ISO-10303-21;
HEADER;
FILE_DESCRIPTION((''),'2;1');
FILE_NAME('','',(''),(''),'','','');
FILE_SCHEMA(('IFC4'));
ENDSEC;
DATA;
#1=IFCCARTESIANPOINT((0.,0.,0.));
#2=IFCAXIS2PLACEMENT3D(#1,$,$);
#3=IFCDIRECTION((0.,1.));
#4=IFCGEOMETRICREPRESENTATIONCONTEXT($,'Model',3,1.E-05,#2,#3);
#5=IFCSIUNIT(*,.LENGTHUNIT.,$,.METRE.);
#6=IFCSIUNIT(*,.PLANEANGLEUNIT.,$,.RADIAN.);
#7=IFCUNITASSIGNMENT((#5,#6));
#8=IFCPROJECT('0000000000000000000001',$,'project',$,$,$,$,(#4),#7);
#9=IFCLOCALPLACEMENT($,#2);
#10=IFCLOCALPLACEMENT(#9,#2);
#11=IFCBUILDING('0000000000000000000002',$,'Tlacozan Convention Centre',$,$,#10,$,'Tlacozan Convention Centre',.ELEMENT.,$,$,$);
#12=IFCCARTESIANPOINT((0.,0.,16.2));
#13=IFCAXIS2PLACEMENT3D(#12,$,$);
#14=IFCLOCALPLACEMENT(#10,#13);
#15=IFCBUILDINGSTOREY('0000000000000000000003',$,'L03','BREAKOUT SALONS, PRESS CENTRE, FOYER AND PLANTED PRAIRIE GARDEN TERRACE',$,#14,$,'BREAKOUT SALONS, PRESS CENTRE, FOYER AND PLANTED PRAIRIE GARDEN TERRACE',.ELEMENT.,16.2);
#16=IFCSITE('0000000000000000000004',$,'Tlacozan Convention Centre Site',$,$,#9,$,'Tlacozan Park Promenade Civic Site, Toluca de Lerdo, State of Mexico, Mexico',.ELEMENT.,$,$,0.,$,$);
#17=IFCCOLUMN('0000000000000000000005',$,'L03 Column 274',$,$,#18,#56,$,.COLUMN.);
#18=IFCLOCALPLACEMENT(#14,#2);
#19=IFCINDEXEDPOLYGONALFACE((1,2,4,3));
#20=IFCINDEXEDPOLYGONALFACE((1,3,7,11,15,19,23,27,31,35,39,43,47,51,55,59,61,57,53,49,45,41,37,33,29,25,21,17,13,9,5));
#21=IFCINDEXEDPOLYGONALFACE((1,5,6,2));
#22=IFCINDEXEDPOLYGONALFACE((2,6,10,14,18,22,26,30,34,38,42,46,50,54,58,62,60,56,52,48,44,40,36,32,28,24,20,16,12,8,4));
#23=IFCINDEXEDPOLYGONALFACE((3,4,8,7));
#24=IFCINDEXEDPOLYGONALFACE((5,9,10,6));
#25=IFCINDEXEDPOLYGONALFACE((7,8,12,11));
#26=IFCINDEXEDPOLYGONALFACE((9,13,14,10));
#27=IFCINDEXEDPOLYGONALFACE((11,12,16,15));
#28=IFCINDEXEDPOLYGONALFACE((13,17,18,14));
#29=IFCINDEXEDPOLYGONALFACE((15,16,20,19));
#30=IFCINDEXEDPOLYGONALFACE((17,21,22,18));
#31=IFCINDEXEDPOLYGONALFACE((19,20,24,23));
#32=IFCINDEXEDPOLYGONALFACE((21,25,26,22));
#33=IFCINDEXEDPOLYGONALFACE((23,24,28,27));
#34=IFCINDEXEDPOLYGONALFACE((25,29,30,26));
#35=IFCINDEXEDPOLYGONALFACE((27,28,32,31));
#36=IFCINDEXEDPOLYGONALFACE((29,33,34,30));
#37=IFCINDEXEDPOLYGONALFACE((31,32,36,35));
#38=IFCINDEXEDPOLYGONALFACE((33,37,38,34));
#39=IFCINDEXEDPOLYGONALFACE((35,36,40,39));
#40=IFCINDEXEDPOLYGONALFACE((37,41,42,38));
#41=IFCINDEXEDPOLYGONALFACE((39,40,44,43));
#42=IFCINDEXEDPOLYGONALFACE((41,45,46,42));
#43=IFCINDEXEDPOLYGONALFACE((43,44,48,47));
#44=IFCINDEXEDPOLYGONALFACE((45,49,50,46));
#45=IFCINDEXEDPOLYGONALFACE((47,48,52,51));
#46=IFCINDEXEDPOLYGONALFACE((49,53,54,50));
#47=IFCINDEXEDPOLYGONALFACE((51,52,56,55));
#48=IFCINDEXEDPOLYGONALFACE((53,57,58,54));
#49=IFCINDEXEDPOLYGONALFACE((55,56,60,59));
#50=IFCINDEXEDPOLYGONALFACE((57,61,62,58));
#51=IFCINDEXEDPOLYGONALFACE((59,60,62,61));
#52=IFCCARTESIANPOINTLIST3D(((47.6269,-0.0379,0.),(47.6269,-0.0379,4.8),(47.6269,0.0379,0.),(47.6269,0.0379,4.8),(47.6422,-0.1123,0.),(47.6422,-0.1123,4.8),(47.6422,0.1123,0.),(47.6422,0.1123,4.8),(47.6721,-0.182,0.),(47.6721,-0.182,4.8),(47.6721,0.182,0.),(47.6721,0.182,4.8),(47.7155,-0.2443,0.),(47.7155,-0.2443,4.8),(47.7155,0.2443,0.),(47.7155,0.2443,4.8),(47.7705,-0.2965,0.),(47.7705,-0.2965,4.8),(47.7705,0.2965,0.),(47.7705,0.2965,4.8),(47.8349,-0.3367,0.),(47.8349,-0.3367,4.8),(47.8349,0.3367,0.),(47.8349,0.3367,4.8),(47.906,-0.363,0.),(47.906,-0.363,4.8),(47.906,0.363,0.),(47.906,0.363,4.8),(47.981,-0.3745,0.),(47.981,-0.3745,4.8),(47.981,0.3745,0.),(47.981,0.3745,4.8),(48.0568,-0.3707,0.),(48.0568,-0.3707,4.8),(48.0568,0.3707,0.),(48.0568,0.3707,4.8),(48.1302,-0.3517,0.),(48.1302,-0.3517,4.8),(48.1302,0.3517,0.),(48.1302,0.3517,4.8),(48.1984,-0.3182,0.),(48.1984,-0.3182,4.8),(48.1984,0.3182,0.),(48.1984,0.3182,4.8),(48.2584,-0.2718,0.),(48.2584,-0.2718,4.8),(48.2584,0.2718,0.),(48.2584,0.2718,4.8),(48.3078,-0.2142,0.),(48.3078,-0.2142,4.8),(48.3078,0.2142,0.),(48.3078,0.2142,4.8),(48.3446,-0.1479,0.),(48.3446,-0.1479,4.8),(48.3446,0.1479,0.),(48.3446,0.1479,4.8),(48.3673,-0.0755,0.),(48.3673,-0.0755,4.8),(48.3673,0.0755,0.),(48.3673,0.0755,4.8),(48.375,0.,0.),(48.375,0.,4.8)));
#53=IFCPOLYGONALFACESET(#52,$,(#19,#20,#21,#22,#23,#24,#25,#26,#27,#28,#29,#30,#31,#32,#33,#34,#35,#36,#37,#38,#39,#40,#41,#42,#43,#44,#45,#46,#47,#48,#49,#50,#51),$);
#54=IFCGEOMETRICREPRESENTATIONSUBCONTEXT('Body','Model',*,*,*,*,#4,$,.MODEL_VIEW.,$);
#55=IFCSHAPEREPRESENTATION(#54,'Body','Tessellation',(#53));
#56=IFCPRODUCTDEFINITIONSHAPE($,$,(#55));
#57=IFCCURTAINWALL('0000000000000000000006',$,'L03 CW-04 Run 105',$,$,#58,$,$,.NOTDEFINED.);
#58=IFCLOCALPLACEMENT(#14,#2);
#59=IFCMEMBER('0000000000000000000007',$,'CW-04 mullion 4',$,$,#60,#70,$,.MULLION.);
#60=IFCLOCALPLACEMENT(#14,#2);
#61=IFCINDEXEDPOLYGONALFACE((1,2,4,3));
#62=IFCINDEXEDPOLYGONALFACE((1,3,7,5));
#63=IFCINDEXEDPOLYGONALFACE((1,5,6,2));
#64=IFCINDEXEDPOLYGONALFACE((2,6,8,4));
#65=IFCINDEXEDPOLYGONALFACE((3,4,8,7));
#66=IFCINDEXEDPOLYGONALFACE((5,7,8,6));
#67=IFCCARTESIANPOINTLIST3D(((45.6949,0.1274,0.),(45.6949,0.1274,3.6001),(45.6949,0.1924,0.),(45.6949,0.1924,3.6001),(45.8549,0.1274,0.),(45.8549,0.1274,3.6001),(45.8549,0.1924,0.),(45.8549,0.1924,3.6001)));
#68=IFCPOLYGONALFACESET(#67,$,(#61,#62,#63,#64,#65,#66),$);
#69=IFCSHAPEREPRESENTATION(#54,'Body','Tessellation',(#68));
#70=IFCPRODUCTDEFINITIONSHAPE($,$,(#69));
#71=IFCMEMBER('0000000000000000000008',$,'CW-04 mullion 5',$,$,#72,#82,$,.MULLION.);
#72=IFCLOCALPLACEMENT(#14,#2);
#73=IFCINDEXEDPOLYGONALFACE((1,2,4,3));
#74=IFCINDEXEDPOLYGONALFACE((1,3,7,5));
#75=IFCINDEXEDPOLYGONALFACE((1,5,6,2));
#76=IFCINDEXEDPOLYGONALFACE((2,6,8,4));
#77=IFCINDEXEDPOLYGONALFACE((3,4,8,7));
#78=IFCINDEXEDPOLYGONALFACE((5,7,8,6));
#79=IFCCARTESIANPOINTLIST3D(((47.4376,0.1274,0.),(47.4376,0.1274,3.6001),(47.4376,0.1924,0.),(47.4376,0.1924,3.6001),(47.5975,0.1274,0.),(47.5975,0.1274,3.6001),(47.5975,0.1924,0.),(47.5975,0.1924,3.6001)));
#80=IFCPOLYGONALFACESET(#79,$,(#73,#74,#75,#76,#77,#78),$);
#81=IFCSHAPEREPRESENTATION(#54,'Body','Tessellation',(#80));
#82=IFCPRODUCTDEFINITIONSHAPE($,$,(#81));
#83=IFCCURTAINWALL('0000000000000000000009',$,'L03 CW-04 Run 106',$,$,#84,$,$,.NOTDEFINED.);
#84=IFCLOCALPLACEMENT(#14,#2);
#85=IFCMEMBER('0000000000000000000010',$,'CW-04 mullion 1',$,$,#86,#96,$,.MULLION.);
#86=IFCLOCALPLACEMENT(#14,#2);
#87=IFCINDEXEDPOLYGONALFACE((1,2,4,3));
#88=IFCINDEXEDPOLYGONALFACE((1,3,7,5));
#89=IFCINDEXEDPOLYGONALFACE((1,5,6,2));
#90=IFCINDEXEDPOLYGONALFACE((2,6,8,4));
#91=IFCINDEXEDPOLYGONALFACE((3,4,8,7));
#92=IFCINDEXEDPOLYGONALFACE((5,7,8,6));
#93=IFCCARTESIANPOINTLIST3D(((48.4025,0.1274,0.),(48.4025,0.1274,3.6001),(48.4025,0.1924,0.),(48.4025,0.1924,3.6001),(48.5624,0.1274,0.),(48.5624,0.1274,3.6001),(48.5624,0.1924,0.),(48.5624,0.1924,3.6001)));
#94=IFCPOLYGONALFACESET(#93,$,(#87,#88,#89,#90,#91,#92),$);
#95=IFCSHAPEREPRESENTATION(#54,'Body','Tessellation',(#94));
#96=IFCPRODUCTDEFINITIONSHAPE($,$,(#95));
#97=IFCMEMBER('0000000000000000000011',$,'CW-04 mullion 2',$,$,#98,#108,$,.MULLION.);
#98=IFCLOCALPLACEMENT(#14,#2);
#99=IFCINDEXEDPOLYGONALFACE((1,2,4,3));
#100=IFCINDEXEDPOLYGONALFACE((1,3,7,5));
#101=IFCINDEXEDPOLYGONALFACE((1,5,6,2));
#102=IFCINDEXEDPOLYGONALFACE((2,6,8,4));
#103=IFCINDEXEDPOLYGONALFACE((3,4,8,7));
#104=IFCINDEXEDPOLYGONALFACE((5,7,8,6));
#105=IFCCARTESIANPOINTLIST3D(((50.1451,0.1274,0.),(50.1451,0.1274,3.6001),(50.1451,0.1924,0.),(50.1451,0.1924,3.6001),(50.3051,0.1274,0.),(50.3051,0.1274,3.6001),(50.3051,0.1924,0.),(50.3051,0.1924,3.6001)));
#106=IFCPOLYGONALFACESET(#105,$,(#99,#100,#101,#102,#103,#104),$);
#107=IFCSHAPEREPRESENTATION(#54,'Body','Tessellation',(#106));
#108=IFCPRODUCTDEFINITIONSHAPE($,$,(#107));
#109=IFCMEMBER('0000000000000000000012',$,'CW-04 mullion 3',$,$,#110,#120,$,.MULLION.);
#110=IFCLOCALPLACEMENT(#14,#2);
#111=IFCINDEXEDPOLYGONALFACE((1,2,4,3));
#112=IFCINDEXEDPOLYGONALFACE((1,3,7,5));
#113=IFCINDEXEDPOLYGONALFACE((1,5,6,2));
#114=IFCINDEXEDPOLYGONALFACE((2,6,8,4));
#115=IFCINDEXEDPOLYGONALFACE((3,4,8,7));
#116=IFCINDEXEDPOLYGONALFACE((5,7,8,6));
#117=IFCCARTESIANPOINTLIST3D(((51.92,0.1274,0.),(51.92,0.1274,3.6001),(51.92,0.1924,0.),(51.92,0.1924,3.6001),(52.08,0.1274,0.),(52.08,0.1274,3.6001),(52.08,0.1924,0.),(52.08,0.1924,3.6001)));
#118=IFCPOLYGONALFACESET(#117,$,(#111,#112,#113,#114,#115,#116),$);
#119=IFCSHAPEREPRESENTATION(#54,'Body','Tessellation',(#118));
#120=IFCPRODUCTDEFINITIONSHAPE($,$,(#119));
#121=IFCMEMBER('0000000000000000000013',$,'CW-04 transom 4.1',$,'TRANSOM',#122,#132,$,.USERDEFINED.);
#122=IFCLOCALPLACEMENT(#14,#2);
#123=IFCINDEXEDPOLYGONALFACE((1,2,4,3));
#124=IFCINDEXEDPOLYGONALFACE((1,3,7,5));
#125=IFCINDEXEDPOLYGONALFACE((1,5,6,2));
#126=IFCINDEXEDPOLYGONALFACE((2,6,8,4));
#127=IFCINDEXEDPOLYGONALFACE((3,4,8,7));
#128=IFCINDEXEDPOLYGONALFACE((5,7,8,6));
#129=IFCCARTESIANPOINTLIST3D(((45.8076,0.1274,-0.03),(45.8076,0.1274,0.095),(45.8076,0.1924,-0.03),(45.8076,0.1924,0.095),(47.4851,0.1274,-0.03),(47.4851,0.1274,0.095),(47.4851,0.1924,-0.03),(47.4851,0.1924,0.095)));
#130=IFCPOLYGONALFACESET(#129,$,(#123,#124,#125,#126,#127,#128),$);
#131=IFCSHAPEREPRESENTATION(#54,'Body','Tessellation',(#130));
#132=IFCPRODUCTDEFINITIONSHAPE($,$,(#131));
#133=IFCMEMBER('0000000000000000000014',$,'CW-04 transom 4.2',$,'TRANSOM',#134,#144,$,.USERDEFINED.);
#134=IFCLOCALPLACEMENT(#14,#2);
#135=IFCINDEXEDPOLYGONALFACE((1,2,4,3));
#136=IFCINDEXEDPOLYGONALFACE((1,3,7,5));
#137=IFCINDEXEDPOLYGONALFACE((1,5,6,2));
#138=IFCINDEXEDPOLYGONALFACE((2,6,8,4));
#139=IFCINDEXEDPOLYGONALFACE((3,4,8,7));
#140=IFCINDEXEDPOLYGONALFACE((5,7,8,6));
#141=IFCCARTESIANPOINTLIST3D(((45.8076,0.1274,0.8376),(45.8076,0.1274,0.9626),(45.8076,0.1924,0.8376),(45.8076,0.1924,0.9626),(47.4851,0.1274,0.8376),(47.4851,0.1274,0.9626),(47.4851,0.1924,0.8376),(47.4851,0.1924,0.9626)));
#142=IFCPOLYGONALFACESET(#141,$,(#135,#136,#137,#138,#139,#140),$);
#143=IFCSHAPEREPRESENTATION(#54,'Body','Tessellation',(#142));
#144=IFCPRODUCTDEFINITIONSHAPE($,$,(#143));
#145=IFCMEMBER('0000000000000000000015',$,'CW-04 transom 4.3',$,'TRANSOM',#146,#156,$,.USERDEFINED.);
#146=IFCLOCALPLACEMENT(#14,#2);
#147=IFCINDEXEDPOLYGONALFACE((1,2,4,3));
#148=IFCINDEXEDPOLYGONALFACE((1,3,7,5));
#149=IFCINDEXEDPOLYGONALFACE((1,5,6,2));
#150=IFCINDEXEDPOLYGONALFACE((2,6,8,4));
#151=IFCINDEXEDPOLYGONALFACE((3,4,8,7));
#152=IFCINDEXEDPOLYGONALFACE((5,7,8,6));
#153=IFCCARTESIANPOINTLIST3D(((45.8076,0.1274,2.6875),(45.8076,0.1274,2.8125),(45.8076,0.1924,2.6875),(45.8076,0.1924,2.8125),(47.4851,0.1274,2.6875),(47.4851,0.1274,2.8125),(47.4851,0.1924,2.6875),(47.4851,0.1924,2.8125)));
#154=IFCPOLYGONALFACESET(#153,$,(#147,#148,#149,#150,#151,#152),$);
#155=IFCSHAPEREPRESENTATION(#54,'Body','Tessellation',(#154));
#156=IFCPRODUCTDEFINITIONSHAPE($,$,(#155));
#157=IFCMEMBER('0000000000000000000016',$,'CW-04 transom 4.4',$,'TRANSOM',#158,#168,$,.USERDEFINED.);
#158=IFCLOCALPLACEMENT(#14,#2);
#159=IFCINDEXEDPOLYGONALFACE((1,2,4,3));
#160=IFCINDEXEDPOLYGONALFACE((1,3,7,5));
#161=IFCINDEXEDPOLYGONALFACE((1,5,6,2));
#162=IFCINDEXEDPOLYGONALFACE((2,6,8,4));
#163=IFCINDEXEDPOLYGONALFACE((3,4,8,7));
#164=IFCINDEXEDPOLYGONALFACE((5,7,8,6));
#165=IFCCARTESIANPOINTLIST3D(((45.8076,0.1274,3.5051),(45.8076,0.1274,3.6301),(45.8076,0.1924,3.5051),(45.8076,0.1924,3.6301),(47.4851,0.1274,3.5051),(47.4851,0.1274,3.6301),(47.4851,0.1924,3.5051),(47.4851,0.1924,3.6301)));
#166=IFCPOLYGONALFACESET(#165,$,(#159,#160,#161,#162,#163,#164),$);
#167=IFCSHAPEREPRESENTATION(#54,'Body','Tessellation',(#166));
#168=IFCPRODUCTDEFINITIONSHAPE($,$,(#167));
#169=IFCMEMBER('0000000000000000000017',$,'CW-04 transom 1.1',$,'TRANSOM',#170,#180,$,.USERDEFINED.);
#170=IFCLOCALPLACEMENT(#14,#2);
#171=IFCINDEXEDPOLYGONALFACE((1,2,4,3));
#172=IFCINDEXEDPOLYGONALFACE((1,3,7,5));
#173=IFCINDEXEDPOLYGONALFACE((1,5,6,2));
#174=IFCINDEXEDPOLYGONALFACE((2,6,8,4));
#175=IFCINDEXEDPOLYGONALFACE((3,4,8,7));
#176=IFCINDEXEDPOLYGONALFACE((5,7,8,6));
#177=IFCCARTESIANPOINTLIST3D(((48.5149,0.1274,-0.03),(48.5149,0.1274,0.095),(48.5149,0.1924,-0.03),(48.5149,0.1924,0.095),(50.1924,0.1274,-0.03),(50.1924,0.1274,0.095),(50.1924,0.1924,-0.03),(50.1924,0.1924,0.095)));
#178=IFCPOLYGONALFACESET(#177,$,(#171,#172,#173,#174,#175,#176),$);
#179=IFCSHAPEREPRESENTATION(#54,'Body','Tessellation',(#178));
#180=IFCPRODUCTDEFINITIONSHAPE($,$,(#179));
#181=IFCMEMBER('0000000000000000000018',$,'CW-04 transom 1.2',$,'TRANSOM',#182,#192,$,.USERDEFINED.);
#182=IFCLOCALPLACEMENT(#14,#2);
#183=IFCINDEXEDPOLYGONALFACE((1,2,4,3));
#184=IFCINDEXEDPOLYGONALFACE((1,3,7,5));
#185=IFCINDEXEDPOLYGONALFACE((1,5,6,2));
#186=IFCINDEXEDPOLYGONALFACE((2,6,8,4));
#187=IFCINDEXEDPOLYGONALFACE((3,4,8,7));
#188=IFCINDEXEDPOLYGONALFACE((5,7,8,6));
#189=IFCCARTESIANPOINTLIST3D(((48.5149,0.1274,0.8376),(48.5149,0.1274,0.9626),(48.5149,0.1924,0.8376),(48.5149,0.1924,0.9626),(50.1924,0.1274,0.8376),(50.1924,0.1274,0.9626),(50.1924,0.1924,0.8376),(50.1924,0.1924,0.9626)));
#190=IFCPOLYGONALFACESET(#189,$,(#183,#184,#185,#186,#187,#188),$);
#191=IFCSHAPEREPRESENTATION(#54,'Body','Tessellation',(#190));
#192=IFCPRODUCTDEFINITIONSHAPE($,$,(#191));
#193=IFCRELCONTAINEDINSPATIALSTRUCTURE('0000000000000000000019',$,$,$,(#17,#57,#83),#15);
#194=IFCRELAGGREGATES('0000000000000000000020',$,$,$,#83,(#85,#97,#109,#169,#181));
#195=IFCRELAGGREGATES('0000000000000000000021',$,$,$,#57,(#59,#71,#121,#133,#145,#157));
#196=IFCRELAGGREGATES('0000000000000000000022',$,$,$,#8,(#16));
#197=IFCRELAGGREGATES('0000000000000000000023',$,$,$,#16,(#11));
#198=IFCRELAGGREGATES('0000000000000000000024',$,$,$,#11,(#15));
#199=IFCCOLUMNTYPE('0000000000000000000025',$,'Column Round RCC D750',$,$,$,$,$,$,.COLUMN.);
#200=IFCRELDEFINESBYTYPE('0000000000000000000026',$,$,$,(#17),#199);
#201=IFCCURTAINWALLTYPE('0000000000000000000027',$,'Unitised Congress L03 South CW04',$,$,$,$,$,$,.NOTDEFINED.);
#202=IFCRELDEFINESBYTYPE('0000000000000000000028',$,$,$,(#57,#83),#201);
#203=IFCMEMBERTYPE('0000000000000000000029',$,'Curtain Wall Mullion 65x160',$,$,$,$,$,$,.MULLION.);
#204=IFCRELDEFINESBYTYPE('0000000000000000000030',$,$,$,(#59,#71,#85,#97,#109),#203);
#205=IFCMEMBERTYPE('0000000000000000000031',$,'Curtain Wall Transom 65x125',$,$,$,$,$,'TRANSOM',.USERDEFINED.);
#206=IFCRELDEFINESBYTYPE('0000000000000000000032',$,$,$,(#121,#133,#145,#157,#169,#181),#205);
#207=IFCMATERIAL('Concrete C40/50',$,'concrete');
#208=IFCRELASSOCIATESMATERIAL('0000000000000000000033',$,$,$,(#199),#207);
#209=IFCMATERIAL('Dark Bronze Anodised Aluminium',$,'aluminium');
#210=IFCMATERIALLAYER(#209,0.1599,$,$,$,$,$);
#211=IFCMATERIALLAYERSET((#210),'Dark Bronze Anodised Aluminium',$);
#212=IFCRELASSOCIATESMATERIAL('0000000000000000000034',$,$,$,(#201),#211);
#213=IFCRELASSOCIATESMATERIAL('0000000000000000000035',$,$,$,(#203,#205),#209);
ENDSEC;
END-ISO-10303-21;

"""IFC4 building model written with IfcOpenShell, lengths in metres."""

from ifc_helpers import new_model, si_unit, direction, frame, origin, origin_2d, place, context, subcontext, project, spatial, rectangle, circle, extrude, material, layer, layer_set, material_profile, profile_set, type_object, element, aggregate, save


model = new_model("IFC4")

# Units and contexts
model_context = context("Model", 3, precision=1e-05, world=origin(), true_north=direction((0.0, 1.0)))
body_context = subcontext(model_context, "Body", "Model", "MODEL_VIEW")
ifc_project = project(units=[si_unit("LENGTHUNIT", "METRE"), si_unit("PLANEANGLEUNIT", "RADIAN")], contexts=[model_context])

# Site, building, storey
site_placement = place(None, origin())
site = spatial("IfcSite", under=ifc_project, at=site_placement, Name="Tlacozan Convention Centre Site", LongName="Tlacozan Park Promenade Civic Site, Toluca de Lerdo, State of Mexico, Mexico", CompositionType="ELEMENT", RefElevation=0.0)
building_placement = place(site_placement, origin())
building = spatial("IfcBuilding", under=site, at=building_placement, Name="Tlacozan Convention Centre", LongName="Tlacozan Convention Centre", CompositionType="ELEMENT")
storey_placement = place(building_placement, frame((0.0, 0.0, 16.2)))
storey = spatial("IfcBuildingStorey", under=building, at=storey_placement, Name="L03", Description="BREAKOUT SALONS, PRESS CENTRE, FOYER AND PLANTED PRAIRIE GARDEN TERRACE", LongName="BREAKOUT SALONS, PRESS CENTRE, FOYER AND PLANTED PRAIRIE GARDEN TERRACE", CompositionType="ELEMENT", Elevation=16.2)

# Column
ifc_material_1 = material(Name="Concrete C40/50", Category="concrete")
ifc_material_profile_1 = material_profile(ifc_material_1, circle(Radius=0.375, at=origin_2d()), Name="RCC D750")
ifc_profile_set_1 = profile_set([ifc_material_profile_1], Name="Concrete C40/50")
column_type = type_object("IfcColumnType", Name="Column Round RCC D750", PredefinedType="COLUMN", material=ifc_profile_set_1)
column_placement = place(storey_placement, frame((48.0, 0.0, 0.0), z_axis=(0.0, 0.0, 1.0), x_axis=(1.0, 0.0, 0.0)))
element("IfcColumn", 1, at=column_placement, inside=storey, type_object=column_type, Name="L03 Column 274", PredefinedType="COLUMN", context=body_context, shape_type="SweptSolid", body=[
    extrude(circle(Radius=0.375, at=origin_2d()), origin(), (0.0, 0.0, 1.0), 4.8),
])

# Curtain walls, members
ifc_material_2 = material(Name="Dark Bronze Anodised Aluminium", Category="aluminium")
ifc_layer_1 = layer(ifc_material_2, 0.1599)
ifc_layer_set_1 = layer_set([ifc_layer_1], Name="Dark Bronze Anodised Aluminium")
curtain_wall_type = type_object("IfcCurtainWallType", Name="Unitised Congress L03 South CW04", PredefinedType="NOTDEFINED", material=ifc_layer_set_1)
curtain_wall_1_placement = place(storey_placement, origin())
curtain_wall_1 = element("IfcCurtainWall", 2, at=curtain_wall_1_placement, inside=storey, type_object=curtain_wall_type, Name="L03 CW-04 Run 105", PredefinedType="NOTDEFINED")
ifc_material_profile_2 = material_profile(ifc_material_2, rectangle(XDim=0.0649, YDim=0.1599, at=origin_2d()), Name="ALU 65x160")
ifc_profile_set_2 = profile_set([ifc_material_profile_2], Name="Dark Bronze Anodised Aluminium")
member_type_1 = type_object("IfcMemberType", Name="Curtain Wall Mullion 65x160", PredefinedType="MULLION", material=ifc_profile_set_2)
member_1_placement = place(storey_placement, frame((45.7749, 0.1599, 0.0), z_axis=(0.0, 0.0, 1.0), x_axis=(0.0, 1.0, 0.0)))
member_1 = element("IfcMember", 3, at=member_1_placement, type_object=member_type_1, Name="CW-04 mullion 4", PredefinedType="MULLION", context=body_context, shape_type="SweptSolid", body=[
    extrude(rectangle(XDim=0.0649, YDim=0.1599, at=origin_2d()), origin(), (0.0, 0.0, 1.0), 3.6001),
])
member_2_placement = place(storey_placement, frame((47.5176, 0.1599, 0.0), z_axis=(0.0, 0.0, 1.0), x_axis=(0.0, 1.0, 0.0)))
member_2 = element("IfcMember", 4, at=member_2_placement, type_object=member_type_1, Name="CW-04 mullion 5", PredefinedType="MULLION", context=body_context, shape_type="SweptSolid", body=[
    extrude(rectangle(XDim=0.0649, YDim=0.1599, at=origin_2d()), origin(), (0.0, 0.0, 1.0), 3.6001),
])
curtain_wall_2_placement = place(storey_placement, origin())
curtain_wall_2 = element("IfcCurtainWall", 5, at=curtain_wall_2_placement, inside=storey, type_object=curtain_wall_type, Name="L03 CW-04 Run 106", PredefinedType="NOTDEFINED")
member_3_placement = place(storey_placement, frame((48.4824, 0.1599, 0.0), z_axis=(0.0, 0.0, 1.0), x_axis=(0.0, 1.0, 0.0)))
member_3 = element("IfcMember", 6, at=member_3_placement, type_object=member_type_1, Name="CW-04 mullion 1", PredefinedType="MULLION", context=body_context, shape_type="SweptSolid", body=[
    extrude(rectangle(XDim=0.0649, YDim=0.1599, at=origin_2d()), origin(), (0.0, 0.0, 1.0), 3.6001),
])
member_4_placement = place(storey_placement, frame((50.2251, 0.1599, 0.0), z_axis=(0.0, 0.0, 1.0), x_axis=(0.0, 1.0, 0.0)))
member_4 = element("IfcMember", 7, at=member_4_placement, type_object=member_type_1, Name="CW-04 mullion 2", PredefinedType="MULLION", context=body_context, shape_type="SweptSolid", body=[
    extrude(rectangle(XDim=0.0649, YDim=0.1599, at=origin_2d()), origin(), (0.0, 0.0, 1.0), 3.6001),
])
member_5_placement = place(storey_placement, frame((52.0, 0.1599, 0.0), z_axis=(0.0, 0.0, 1.0), x_axis=(0.0, 1.0, 0.0)))
member_5 = element("IfcMember", 8, at=member_5_placement, type_object=member_type_1, Name="CW-04 mullion 3", PredefinedType="MULLION", context=body_context, shape_type="SweptSolid", body=[
    extrude(rectangle(XDim=0.0649, YDim=0.1599, at=origin_2d()), origin(), (0.0, 0.0, 1.0), 3.6001),
])

# Members
ifc_material_profile_3 = material_profile(ifc_material_2, rectangle(XDim=0.0649, YDim=0.125, at=origin_2d()), Name="ALU 65x125")
ifc_profile_set_3 = profile_set([ifc_material_profile_3], Name="Dark Bronze Anodised Aluminium")
member_type_2 = type_object("IfcMemberType", Name="Curtain Wall Transom 65x125", ElementType="TRANSOM", PredefinedType="USERDEFINED", material=ifc_profile_set_3)
member_6_placement = place(storey_placement, frame((45.8076, 0.1599, 0.0325), z_axis=(1.0, 0.0, 0.0), x_axis=(0.0, 1.0, 0.0)))
member_6 = element("IfcMember", 9, at=member_6_placement, type_object=member_type_2, Name="CW-04 transom 4.1", ObjectType="TRANSOM", PredefinedType="USERDEFINED", context=body_context, shape_type="SweptSolid", body=[
    extrude(rectangle(XDim=0.0649, YDim=0.125, at=origin_2d()), origin(), (0.0, 0.0, 1.0), 1.6775),
])
member_7_placement = place(storey_placement, frame((45.8076, 0.1599, 0.9001), z_axis=(1.0, 0.0, 0.0), x_axis=(0.0, 1.0, 0.0)))
member_7 = element("IfcMember", 10, at=member_7_placement, type_object=member_type_2, Name="CW-04 transom 4.2", ObjectType="TRANSOM", PredefinedType="USERDEFINED", context=body_context, shape_type="SweptSolid", body=[
    extrude(rectangle(XDim=0.0649, YDim=0.125, at=origin_2d()), origin(), (0.0, 0.0, 1.0), 1.6775),
])
member_8_placement = place(storey_placement, frame((45.8076, 0.1599, 2.75), z_axis=(1.0, 0.0, 0.0), x_axis=(0.0, 1.0, 0.0)))
member_8 = element("IfcMember", 11, at=member_8_placement, type_object=member_type_2, Name="CW-04 transom 4.3", ObjectType="TRANSOM", PredefinedType="USERDEFINED", context=body_context, shape_type="SweptSolid", body=[
    extrude(rectangle(XDim=0.0649, YDim=0.125, at=origin_2d()), origin(), (0.0, 0.0, 1.0), 1.6775),
])
member_9_placement = place(storey_placement, frame((45.8076, 0.1599, 3.5676), z_axis=(1.0, 0.0, 0.0), x_axis=(0.0, 1.0, 0.0)))
member_9 = element("IfcMember", 12, at=member_9_placement, type_object=member_type_2, Name="CW-04 transom 4.4", ObjectType="TRANSOM", PredefinedType="USERDEFINED", context=body_context, shape_type="SweptSolid", body=[
    extrude(rectangle(XDim=0.0649, YDim=0.125, at=origin_2d()), origin(), (0.0, 0.0, 1.0), 1.6775),
])
member_10_placement = place(storey_placement, frame((48.5149, 0.1599, 0.0325), z_axis=(1.0, 0.0, 0.0), x_axis=(0.0, 1.0, 0.0)))
member_10 = element("IfcMember", 13, at=member_10_placement, type_object=member_type_2, Name="CW-04 transom 1.1", ObjectType="TRANSOM", PredefinedType="USERDEFINED", context=body_context, shape_type="SweptSolid", body=[
    extrude(rectangle(XDim=0.0649, YDim=0.125, at=origin_2d()), origin(), (0.0, 0.0, 1.0), 1.6775),
])
member_11_placement = place(storey_placement, frame((48.5149, 0.1599, 0.9001), z_axis=(1.0, 0.0, 0.0), x_axis=(0.0, 1.0, 0.0)))
member_11 = element("IfcMember", 14, at=member_11_placement, type_object=member_type_2, Name="CW-04 transom 1.2", ObjectType="TRANSOM", PredefinedType="USERDEFINED", context=body_context, shape_type="SweptSolid", body=[
    extrude(rectangle(XDim=0.0649, YDim=0.125, at=origin_2d()), origin(), (0.0, 0.0, 1.0), 1.6775),
])

aggregate(curtain_wall_2, [member_3, member_4, member_5, member_10, member_11])
aggregate(curtain_wall_1, [member_1, member_2, member_6, member_7, member_8, member_9])

save(model, "model.ifc")
